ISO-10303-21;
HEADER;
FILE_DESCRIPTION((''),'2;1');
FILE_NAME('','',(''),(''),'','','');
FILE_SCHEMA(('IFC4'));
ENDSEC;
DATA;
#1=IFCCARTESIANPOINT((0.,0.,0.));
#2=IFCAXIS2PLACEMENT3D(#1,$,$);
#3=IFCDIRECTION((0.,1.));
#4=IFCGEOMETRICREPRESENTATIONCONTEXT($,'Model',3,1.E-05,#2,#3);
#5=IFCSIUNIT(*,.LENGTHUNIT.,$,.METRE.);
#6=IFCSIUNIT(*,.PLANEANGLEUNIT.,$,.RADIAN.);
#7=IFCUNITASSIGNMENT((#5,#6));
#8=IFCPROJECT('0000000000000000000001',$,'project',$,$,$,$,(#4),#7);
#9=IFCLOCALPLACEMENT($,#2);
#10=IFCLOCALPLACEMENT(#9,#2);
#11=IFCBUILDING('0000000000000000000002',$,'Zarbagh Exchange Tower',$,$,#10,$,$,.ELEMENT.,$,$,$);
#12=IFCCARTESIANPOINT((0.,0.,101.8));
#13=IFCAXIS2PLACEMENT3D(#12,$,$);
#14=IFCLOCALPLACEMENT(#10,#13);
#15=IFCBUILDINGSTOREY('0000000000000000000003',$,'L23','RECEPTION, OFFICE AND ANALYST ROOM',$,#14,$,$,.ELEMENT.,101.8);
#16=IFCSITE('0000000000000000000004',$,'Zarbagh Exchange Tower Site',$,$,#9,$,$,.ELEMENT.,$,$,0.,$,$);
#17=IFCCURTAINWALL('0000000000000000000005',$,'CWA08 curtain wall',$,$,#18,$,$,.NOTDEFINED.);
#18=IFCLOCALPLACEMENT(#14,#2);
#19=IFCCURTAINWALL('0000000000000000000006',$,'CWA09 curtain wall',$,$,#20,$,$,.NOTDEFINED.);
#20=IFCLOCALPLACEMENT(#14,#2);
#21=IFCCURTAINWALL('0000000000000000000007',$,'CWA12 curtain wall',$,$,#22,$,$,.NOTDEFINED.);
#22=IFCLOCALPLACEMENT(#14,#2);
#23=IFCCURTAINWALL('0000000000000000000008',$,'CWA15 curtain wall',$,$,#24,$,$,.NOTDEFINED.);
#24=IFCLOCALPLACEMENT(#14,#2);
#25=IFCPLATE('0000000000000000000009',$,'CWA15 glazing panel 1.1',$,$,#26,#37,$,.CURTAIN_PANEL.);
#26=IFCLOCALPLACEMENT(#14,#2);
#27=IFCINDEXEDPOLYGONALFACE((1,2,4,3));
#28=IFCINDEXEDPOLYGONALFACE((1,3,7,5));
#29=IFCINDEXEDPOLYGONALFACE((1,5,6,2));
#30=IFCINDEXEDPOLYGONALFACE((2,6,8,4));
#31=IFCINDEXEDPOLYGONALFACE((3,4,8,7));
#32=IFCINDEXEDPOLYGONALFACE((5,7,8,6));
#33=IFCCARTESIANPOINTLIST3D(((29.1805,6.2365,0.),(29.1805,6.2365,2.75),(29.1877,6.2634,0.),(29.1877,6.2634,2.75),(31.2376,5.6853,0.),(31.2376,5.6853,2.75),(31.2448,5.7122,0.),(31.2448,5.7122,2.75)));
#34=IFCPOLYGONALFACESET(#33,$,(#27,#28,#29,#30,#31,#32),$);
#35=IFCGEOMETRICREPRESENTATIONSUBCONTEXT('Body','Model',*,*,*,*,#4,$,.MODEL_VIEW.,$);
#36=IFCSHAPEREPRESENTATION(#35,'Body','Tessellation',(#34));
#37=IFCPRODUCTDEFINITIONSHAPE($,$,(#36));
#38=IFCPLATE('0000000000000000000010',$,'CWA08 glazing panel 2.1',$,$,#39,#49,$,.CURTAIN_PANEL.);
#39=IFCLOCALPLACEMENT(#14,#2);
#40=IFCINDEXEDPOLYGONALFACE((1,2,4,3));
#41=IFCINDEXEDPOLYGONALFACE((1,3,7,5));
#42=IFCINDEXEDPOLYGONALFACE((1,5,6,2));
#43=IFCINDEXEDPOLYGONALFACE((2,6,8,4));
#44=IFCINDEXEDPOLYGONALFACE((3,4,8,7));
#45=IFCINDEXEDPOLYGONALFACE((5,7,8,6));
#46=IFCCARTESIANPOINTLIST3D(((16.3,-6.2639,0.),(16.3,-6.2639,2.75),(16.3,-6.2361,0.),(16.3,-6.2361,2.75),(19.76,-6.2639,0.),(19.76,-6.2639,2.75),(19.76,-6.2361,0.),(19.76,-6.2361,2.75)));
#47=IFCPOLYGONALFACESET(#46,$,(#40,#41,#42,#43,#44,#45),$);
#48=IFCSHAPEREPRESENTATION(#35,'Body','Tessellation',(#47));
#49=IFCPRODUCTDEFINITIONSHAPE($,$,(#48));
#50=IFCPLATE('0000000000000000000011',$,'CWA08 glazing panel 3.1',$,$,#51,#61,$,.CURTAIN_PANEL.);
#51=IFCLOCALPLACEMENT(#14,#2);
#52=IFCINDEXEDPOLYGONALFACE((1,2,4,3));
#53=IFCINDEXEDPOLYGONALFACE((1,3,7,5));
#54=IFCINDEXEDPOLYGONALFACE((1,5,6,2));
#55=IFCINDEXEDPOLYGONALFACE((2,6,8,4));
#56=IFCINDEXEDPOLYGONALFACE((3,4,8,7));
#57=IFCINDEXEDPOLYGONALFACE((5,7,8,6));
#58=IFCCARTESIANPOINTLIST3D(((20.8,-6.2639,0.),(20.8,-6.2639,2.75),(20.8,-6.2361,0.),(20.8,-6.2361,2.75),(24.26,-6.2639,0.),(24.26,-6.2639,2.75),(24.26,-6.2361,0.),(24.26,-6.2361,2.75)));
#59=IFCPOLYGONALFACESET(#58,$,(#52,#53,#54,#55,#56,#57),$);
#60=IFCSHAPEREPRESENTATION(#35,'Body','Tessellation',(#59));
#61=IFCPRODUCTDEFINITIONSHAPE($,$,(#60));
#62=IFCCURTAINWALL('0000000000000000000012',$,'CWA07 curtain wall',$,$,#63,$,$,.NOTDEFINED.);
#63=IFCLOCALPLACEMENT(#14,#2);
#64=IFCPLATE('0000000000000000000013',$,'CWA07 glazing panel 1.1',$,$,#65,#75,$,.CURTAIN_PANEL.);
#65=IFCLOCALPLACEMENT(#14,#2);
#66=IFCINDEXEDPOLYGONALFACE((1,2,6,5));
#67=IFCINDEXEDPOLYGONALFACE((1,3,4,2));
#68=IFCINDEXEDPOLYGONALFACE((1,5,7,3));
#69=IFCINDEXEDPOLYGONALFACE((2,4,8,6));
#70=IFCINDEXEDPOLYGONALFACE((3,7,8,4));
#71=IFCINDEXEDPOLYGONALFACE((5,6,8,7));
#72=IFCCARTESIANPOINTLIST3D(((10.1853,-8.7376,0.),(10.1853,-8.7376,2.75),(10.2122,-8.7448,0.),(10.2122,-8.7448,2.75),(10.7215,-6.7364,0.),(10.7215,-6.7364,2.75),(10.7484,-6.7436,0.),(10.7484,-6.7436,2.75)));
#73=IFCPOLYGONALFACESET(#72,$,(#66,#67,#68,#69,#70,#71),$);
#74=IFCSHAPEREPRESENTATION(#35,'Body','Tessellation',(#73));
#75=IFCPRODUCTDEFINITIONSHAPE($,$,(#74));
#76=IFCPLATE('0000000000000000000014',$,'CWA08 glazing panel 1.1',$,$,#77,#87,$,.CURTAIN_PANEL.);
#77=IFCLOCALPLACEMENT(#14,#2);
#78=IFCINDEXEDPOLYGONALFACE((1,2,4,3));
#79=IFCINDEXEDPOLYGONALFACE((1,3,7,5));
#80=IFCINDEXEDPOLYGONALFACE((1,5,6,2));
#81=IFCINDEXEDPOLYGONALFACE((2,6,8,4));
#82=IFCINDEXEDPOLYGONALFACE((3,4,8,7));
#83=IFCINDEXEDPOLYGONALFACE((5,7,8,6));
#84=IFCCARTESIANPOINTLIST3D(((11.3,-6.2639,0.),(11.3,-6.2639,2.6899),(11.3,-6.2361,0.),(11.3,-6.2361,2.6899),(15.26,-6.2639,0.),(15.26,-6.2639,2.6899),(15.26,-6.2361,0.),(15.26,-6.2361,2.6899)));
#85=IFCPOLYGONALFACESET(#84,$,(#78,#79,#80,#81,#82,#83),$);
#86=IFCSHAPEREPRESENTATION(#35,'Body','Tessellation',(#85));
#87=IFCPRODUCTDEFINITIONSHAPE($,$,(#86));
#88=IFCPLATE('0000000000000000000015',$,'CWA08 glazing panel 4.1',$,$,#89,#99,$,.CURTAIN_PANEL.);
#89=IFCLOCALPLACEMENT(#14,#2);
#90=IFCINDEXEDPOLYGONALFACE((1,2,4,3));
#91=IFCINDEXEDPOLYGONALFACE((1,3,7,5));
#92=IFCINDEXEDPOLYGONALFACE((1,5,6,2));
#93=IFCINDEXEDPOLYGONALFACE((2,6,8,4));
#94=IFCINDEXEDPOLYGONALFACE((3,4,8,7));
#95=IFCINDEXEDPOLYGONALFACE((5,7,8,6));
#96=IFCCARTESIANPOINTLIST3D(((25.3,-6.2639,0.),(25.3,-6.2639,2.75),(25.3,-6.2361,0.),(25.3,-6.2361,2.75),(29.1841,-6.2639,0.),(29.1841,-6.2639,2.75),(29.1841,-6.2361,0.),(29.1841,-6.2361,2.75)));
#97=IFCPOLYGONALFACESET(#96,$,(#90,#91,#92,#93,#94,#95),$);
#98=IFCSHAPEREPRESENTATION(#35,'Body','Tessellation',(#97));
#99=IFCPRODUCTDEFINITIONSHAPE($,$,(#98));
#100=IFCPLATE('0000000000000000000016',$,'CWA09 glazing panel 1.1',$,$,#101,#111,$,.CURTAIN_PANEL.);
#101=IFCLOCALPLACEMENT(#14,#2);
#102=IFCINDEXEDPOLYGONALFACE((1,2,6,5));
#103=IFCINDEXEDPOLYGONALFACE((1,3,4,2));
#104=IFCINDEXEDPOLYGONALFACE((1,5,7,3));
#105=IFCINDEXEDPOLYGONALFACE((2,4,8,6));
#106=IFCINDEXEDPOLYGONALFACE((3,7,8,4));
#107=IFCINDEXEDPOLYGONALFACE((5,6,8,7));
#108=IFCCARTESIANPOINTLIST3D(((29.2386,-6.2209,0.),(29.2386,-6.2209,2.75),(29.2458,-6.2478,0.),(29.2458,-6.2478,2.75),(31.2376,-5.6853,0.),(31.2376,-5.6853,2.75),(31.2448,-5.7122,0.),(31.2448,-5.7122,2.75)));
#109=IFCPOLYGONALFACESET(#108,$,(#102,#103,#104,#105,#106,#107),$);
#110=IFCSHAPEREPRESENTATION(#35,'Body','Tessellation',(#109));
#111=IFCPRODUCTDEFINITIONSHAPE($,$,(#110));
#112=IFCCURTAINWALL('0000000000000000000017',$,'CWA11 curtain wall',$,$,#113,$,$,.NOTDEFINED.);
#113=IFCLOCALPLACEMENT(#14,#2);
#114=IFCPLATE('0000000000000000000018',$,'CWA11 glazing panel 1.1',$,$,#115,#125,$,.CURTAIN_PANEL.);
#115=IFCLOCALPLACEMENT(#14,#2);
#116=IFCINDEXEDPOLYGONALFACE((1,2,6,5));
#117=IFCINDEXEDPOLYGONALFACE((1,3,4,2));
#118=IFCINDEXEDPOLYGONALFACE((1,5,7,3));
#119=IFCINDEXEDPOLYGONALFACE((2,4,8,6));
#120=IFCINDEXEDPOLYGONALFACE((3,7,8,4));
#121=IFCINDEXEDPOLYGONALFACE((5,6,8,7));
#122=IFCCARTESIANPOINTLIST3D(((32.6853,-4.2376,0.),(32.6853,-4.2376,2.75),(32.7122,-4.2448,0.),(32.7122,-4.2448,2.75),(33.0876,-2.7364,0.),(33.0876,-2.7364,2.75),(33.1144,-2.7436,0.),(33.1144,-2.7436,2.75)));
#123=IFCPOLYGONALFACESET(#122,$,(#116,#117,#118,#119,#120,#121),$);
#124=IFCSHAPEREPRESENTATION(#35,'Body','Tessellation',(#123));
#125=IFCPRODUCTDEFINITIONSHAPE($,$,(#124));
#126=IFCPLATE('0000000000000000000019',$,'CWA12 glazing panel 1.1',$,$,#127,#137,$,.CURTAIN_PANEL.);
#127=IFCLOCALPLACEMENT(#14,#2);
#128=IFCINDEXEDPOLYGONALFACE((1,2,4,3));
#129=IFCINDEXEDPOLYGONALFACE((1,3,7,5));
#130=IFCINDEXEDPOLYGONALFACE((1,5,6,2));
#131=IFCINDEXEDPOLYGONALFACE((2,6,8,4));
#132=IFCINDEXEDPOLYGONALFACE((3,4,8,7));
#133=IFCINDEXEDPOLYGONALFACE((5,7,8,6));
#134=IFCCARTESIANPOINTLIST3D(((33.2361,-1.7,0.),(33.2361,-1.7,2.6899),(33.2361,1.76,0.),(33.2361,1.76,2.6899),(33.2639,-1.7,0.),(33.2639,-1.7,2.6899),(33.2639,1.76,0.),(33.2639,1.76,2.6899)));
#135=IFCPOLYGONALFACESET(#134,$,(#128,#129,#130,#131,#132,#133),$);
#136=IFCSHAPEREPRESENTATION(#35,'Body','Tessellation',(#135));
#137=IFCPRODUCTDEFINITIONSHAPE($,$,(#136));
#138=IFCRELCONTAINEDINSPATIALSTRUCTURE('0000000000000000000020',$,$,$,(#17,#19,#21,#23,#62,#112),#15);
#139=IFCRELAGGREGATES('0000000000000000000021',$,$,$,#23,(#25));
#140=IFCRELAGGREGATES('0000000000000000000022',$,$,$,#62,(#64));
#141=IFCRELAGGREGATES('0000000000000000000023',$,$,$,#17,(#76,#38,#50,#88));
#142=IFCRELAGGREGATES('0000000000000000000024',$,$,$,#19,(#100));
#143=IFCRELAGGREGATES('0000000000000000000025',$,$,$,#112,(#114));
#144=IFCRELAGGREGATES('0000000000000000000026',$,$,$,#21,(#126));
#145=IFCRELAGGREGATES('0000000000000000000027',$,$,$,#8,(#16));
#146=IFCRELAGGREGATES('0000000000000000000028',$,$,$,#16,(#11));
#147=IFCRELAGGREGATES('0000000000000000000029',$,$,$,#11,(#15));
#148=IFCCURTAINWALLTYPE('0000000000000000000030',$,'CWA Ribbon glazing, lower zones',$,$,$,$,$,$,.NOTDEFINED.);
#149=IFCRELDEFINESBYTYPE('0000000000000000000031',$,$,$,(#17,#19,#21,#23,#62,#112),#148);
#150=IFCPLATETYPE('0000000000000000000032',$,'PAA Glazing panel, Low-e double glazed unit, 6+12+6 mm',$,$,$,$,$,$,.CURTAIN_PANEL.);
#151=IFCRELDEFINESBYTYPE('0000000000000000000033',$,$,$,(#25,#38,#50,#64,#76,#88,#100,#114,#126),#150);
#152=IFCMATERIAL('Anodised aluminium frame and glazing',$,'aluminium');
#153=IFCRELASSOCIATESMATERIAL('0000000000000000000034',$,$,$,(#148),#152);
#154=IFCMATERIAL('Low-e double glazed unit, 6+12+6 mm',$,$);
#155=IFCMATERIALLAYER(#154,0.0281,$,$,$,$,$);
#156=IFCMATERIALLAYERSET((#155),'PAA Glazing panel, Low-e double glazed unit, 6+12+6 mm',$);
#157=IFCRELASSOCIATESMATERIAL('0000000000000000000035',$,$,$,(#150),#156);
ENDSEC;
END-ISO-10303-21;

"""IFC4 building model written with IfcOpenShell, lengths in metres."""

from ifc_helpers import new_model, si_unit, direction, frame, origin, place, context, subcontext, project, spatial, polyline, outline, extrude, source, transform, mapped, material, layer, layer_set, type_object, element, aggregate, save


model = new_model("IFC4")

# Units and contexts
model_context = context("Model", 3, precision=1e-05, world=origin(), true_north=direction((0.0, 1.0)))
body_context = subcontext(model_context, "Body", "Model", "MODEL_VIEW")
ifc_project = project(units=[si_unit("LENGTHUNIT", "METRE"), si_unit("PLANEANGLEUNIT", "RADIAN")], contexts=[model_context])

# Site, building, storey
site_placement = place(None, origin())
site = spatial("IfcSite", under=ifc_project, at=site_placement, Name="Zarbagh Exchange Tower Site", CompositionType="ELEMENT", RefElevation=0.0)
building_placement = place(site_placement, origin())
building = spatial("IfcBuilding", under=site, at=building_placement, Name="Zarbagh Exchange Tower", CompositionType="ELEMENT")
storey_placement = place(building_placement, frame((0.0, 0.0, 101.8)))
storey = spatial("IfcBuildingStorey", under=building, at=storey_placement, Name="L23", Description="RECEPTION, OFFICE AND ANALYST ROOM", CompositionType="ELEMENT", Elevation=101.8)

# Curtain wall
ifc_material_1 = material(Name="Anodised aluminium frame and glazing", Category="aluminium")
curtain_wall_type = type_object("IfcCurtainWallType", Name="CWA Ribbon glazing, lower zones", PredefinedType="NOTDEFINED", material=ifc_material_1)
curtain_wall_1_placement = place(storey_placement, origin())
curtain_wall_1 = element("IfcCurtainWall", 1, at=curtain_wall_1_placement, inside=storey, type_object=curtain_wall_type, Name="CWA08 curtain wall", PredefinedType="NOTDEFINED")
placement = place(storey_placement, origin())

# Curtain walls
curtain_wall_2_placement = place(storey_placement, origin())
curtain_wall_2 = element("IfcCurtainWall", 2, at=curtain_wall_2_placement, inside=storey, type_object=curtain_wall_type, Name="CWA09 curtain wall", PredefinedType="NOTDEFINED")
curtain_wall_3_placement = place(storey_placement, origin())
curtain_wall_3 = element("IfcCurtainWall", 3, at=curtain_wall_3_placement, inside=storey, type_object=curtain_wall_type, Name="CWA12 curtain wall", PredefinedType="NOTDEFINED")

# Shared definitions
ifc_material_2 = material(Name="Low-e double glazed unit, 6+12+6 mm")
ifc_layer = layer(ifc_material_2, 0.0281)
ifc_layer_set = layer_set([ifc_layer], Name="PAA Glazing panel, Low-e double glazed unit, 6+12+6 mm")
plate_type = type_object("IfcPlateType", Name="PAA Glazing panel, Low-e double glazed unit, 6+12+6 mm", PredefinedType="CURTAIN_PANEL", material=ifc_layer_set)

# Curtain wall, plate
curtain_wall_4_placement = place(storey_placement, origin())
curtain_wall_4 = element("IfcCurtainWall", 4, at=curtain_wall_4_placement, inside=storey, type_object=curtain_wall_type, Name="CWA15 curtain wall", PredefinedType="NOTDEFINED")
shared_shape_1 = source(origin(), body_context, "Body", "SweptSolid", [
    extrude(outline(polyline([(0.0, -0.0139), (2.1296, -0.0139), (2.1296, 0.0139), (0.0, 0.0139), (0.0, -0.0139)])), origin(), (0.0, 0.0, 1.0), 2.75),
])
plate_1 = element("IfcPlate", 5, at=placement, type_object=plate_type, Name="CWA15 glazing panel 1.1", PredefinedType="CURTAIN_PANEL", context=body_context, shape_type="MappedRepresentation", body=[
    mapped(shared_shape_1, transform((31.2412, 5.6987, 0.0), x_axis=(-0.965924, 0.258825, 0.0), y_axis=(-0.258825, -0.965924, 0.0), z_axis=(0.0, 0.0, 1.0))),
])
aggregate(curtain_wall_4, [plate_1])

# Plates
shared_shape_2 = source(origin(), body_context, "Body", "SweptSolid", [
    extrude(outline(polyline([(0.0, -0.0139), (3.46, -0.0139), (3.46, 0.0139), (0.0, 0.0139), (0.0, -0.0139)])), origin(), (0.0, 0.0, 1.0), 2.75),
])
plate_2 = element("IfcPlate", 6, at=placement, type_object=plate_type, Name="CWA08 glazing panel 2.1", PredefinedType="CURTAIN_PANEL", context=body_context, shape_type="MappedRepresentation", body=[
    mapped(shared_shape_2, transform((16.3, -6.25, 0.0), x_axis=(1.0, 0.0, 0.0), y_axis=(0.0, 1.0, 0.0), z_axis=(0.0, 0.0, 1.0))),
])
plate_3 = element("IfcPlate", 7, at=placement, type_object=plate_type, Name="CWA08 glazing panel 3.1", PredefinedType="CURTAIN_PANEL", context=body_context, shape_type="MappedRepresentation", body=[
    mapped(shared_shape_2, transform((20.8, -6.25, 0.0), x_axis=(1.0, 0.0, 0.0), y_axis=(0.0, 1.0, 0.0), z_axis=(0.0, 0.0, 1.0))),
])

# Curtain wall, plate
curtain_wall_5_placement = place(storey_placement, origin())
curtain_wall_5 = element("IfcCurtainWall", 8, at=curtain_wall_5_placement, inside=storey, type_object=curtain_wall_type, Name="CWA07 curtain wall", PredefinedType="NOTDEFINED")
shared_shape_3 = source(origin(), body_context, "Body", "SweptSolid", [
    extrude(outline(polyline([(0.0, -0.0139), (2.0718, -0.0139), (2.0718, 0.0139), (0.0, 0.0139), (0.0, -0.0139)])), origin(), (0.0, 0.0, 1.0), 2.75),
])
plate_4 = element("IfcPlate", 9, at=placement, type_object=plate_type, Name="CWA07 glazing panel 1.1", PredefinedType="CURTAIN_PANEL", context=body_context, shape_type="MappedRepresentation", body=[
    mapped(shared_shape_3, transform((10.1987, -8.7412, 0.0), x_axis=(0.258825, 0.965924, 0.0), y_axis=(-0.965924, 0.258825, 0.0), z_axis=(0.0, 0.0, 1.0))),
])
aggregate(curtain_wall_5, [plate_4])

# Plates
shared_shape_4 = source(origin(), body_context, "Body", "SweptSolid", [
    extrude(outline(polyline([(0.0, -0.0139), (3.96, -0.0139), (3.96, 0.0139), (0.0, 0.0139), (0.0, -0.0139)])), origin(), (0.0, 0.0, 1.0), 2.6899),
])
plate_5 = element("IfcPlate", 10, at=placement, type_object=plate_type, Name="CWA08 glazing panel 1.1", PredefinedType="CURTAIN_PANEL", context=body_context, shape_type="MappedRepresentation", body=[
    mapped(shared_shape_4, transform((11.3, -6.25, 0.0), x_axis=(1.0, 0.0, 0.0), y_axis=(0.0, 1.0, 0.0), z_axis=(0.0, 0.0, 1.0))),
])
shared_shape_5 = source(origin(), body_context, "Body", "SweptSolid", [
    extrude(outline(polyline([(0.0, -0.0139), (3.884, -0.0139), (3.884, 0.0139), (0.0, 0.0139), (0.0, -0.0139)])), origin(), (0.0, 0.0, 1.0), 2.75),
])
plate_6 = element("IfcPlate", 11, at=placement, type_object=plate_type, Name="CWA08 glazing panel 4.1", PredefinedType="CURTAIN_PANEL", context=body_context, shape_type="MappedRepresentation", body=[
    mapped(shared_shape_5, transform((25.3, -6.25, 0.0), x_axis=(1.0, 0.0, 0.0), y_axis=(0.0, 1.0, 0.0), z_axis=(0.0, 0.0, 1.0))),
])
aggregate(curtain_wall_1, [plate_5, plate_2, plate_3, plate_6])
shared_shape_6 = source(origin(), body_context, "Body", "SweptSolid", [
    extrude(outline(polyline([(0.0, -0.0139), (2.0696, -0.0139), (2.0696, 0.0139), (0.0, 0.0139), (0.0, -0.0139)])), origin(), (0.0, 0.0, 1.0), 2.75),
])
plate_7 = element("IfcPlate", 12, at=placement, type_object=plate_type, Name="CWA09 glazing panel 1.1", PredefinedType="CURTAIN_PANEL", context=body_context, shape_type="MappedRepresentation", body=[
    mapped(shared_shape_6, transform((29.2422, -6.2344, 0.0), x_axis=(0.965924, 0.258825, 0.0), y_axis=(-0.258825, 0.965924, 0.0), z_axis=(0.0, 0.0, 1.0))),
])
aggregate(curtain_wall_2, [plate_7])

# Curtain wall, plate
curtain_wall_6_placement = place(storey_placement, origin())
curtain_wall_6 = element("IfcCurtainWall", 13, at=curtain_wall_6_placement, inside=storey, type_object=curtain_wall_type, Name="CWA11 curtain wall", PredefinedType="NOTDEFINED")
shared_shape_7 = source(origin(), body_context, "Body", "SweptSolid", [
    extrude(outline(polyline([(0.0, -0.0139), (1.5542, -0.0139), (1.5542, 0.0139), (0.0, 0.0139), (0.0, -0.0139)])), origin(), (0.0, 0.0, 1.0), 2.75),
])
plate_8 = element("IfcPlate", 14, at=placement, type_object=plate_type, Name="CWA11 glazing panel 1.1", PredefinedType="CURTAIN_PANEL", context=body_context, shape_type="MappedRepresentation", body=[
    mapped(shared_shape_7, transform((32.6987, -4.2412, 0.0), x_axis=(0.258825, 0.965924, 0.0), y_axis=(-0.965924, 0.258825, 0.0), z_axis=(0.0, 0.0, 1.0))),
])
aggregate(curtain_wall_6, [plate_8])

# Plate
shared_shape_8 = source(origin(), body_context, "Body", "SweptSolid", [
    extrude(outline(polyline([(0.0, -0.0139), (3.46, -0.0139), (3.46, 0.0139), (0.0, 0.0139), (0.0, -0.0139)])), origin(), (0.0, 0.0, 1.0), 2.6899),
])
plate_9 = element("IfcPlate", 15, at=placement, type_object=plate_type, Name="CWA12 glazing panel 1.1", PredefinedType="CURTAIN_PANEL", context=body_context, shape_type="MappedRepresentation", body=[
    mapped(shared_shape_8, transform((33.25, -1.7, 0.0), x_axis=(0.0, 1.0, 0.0), y_axis=(-1.0, 0.0, 0.0), z_axis=(0.0, 0.0, 1.0))),
])
aggregate(curtain_wall_3, [plate_9])

save(model, "model.ifc")
